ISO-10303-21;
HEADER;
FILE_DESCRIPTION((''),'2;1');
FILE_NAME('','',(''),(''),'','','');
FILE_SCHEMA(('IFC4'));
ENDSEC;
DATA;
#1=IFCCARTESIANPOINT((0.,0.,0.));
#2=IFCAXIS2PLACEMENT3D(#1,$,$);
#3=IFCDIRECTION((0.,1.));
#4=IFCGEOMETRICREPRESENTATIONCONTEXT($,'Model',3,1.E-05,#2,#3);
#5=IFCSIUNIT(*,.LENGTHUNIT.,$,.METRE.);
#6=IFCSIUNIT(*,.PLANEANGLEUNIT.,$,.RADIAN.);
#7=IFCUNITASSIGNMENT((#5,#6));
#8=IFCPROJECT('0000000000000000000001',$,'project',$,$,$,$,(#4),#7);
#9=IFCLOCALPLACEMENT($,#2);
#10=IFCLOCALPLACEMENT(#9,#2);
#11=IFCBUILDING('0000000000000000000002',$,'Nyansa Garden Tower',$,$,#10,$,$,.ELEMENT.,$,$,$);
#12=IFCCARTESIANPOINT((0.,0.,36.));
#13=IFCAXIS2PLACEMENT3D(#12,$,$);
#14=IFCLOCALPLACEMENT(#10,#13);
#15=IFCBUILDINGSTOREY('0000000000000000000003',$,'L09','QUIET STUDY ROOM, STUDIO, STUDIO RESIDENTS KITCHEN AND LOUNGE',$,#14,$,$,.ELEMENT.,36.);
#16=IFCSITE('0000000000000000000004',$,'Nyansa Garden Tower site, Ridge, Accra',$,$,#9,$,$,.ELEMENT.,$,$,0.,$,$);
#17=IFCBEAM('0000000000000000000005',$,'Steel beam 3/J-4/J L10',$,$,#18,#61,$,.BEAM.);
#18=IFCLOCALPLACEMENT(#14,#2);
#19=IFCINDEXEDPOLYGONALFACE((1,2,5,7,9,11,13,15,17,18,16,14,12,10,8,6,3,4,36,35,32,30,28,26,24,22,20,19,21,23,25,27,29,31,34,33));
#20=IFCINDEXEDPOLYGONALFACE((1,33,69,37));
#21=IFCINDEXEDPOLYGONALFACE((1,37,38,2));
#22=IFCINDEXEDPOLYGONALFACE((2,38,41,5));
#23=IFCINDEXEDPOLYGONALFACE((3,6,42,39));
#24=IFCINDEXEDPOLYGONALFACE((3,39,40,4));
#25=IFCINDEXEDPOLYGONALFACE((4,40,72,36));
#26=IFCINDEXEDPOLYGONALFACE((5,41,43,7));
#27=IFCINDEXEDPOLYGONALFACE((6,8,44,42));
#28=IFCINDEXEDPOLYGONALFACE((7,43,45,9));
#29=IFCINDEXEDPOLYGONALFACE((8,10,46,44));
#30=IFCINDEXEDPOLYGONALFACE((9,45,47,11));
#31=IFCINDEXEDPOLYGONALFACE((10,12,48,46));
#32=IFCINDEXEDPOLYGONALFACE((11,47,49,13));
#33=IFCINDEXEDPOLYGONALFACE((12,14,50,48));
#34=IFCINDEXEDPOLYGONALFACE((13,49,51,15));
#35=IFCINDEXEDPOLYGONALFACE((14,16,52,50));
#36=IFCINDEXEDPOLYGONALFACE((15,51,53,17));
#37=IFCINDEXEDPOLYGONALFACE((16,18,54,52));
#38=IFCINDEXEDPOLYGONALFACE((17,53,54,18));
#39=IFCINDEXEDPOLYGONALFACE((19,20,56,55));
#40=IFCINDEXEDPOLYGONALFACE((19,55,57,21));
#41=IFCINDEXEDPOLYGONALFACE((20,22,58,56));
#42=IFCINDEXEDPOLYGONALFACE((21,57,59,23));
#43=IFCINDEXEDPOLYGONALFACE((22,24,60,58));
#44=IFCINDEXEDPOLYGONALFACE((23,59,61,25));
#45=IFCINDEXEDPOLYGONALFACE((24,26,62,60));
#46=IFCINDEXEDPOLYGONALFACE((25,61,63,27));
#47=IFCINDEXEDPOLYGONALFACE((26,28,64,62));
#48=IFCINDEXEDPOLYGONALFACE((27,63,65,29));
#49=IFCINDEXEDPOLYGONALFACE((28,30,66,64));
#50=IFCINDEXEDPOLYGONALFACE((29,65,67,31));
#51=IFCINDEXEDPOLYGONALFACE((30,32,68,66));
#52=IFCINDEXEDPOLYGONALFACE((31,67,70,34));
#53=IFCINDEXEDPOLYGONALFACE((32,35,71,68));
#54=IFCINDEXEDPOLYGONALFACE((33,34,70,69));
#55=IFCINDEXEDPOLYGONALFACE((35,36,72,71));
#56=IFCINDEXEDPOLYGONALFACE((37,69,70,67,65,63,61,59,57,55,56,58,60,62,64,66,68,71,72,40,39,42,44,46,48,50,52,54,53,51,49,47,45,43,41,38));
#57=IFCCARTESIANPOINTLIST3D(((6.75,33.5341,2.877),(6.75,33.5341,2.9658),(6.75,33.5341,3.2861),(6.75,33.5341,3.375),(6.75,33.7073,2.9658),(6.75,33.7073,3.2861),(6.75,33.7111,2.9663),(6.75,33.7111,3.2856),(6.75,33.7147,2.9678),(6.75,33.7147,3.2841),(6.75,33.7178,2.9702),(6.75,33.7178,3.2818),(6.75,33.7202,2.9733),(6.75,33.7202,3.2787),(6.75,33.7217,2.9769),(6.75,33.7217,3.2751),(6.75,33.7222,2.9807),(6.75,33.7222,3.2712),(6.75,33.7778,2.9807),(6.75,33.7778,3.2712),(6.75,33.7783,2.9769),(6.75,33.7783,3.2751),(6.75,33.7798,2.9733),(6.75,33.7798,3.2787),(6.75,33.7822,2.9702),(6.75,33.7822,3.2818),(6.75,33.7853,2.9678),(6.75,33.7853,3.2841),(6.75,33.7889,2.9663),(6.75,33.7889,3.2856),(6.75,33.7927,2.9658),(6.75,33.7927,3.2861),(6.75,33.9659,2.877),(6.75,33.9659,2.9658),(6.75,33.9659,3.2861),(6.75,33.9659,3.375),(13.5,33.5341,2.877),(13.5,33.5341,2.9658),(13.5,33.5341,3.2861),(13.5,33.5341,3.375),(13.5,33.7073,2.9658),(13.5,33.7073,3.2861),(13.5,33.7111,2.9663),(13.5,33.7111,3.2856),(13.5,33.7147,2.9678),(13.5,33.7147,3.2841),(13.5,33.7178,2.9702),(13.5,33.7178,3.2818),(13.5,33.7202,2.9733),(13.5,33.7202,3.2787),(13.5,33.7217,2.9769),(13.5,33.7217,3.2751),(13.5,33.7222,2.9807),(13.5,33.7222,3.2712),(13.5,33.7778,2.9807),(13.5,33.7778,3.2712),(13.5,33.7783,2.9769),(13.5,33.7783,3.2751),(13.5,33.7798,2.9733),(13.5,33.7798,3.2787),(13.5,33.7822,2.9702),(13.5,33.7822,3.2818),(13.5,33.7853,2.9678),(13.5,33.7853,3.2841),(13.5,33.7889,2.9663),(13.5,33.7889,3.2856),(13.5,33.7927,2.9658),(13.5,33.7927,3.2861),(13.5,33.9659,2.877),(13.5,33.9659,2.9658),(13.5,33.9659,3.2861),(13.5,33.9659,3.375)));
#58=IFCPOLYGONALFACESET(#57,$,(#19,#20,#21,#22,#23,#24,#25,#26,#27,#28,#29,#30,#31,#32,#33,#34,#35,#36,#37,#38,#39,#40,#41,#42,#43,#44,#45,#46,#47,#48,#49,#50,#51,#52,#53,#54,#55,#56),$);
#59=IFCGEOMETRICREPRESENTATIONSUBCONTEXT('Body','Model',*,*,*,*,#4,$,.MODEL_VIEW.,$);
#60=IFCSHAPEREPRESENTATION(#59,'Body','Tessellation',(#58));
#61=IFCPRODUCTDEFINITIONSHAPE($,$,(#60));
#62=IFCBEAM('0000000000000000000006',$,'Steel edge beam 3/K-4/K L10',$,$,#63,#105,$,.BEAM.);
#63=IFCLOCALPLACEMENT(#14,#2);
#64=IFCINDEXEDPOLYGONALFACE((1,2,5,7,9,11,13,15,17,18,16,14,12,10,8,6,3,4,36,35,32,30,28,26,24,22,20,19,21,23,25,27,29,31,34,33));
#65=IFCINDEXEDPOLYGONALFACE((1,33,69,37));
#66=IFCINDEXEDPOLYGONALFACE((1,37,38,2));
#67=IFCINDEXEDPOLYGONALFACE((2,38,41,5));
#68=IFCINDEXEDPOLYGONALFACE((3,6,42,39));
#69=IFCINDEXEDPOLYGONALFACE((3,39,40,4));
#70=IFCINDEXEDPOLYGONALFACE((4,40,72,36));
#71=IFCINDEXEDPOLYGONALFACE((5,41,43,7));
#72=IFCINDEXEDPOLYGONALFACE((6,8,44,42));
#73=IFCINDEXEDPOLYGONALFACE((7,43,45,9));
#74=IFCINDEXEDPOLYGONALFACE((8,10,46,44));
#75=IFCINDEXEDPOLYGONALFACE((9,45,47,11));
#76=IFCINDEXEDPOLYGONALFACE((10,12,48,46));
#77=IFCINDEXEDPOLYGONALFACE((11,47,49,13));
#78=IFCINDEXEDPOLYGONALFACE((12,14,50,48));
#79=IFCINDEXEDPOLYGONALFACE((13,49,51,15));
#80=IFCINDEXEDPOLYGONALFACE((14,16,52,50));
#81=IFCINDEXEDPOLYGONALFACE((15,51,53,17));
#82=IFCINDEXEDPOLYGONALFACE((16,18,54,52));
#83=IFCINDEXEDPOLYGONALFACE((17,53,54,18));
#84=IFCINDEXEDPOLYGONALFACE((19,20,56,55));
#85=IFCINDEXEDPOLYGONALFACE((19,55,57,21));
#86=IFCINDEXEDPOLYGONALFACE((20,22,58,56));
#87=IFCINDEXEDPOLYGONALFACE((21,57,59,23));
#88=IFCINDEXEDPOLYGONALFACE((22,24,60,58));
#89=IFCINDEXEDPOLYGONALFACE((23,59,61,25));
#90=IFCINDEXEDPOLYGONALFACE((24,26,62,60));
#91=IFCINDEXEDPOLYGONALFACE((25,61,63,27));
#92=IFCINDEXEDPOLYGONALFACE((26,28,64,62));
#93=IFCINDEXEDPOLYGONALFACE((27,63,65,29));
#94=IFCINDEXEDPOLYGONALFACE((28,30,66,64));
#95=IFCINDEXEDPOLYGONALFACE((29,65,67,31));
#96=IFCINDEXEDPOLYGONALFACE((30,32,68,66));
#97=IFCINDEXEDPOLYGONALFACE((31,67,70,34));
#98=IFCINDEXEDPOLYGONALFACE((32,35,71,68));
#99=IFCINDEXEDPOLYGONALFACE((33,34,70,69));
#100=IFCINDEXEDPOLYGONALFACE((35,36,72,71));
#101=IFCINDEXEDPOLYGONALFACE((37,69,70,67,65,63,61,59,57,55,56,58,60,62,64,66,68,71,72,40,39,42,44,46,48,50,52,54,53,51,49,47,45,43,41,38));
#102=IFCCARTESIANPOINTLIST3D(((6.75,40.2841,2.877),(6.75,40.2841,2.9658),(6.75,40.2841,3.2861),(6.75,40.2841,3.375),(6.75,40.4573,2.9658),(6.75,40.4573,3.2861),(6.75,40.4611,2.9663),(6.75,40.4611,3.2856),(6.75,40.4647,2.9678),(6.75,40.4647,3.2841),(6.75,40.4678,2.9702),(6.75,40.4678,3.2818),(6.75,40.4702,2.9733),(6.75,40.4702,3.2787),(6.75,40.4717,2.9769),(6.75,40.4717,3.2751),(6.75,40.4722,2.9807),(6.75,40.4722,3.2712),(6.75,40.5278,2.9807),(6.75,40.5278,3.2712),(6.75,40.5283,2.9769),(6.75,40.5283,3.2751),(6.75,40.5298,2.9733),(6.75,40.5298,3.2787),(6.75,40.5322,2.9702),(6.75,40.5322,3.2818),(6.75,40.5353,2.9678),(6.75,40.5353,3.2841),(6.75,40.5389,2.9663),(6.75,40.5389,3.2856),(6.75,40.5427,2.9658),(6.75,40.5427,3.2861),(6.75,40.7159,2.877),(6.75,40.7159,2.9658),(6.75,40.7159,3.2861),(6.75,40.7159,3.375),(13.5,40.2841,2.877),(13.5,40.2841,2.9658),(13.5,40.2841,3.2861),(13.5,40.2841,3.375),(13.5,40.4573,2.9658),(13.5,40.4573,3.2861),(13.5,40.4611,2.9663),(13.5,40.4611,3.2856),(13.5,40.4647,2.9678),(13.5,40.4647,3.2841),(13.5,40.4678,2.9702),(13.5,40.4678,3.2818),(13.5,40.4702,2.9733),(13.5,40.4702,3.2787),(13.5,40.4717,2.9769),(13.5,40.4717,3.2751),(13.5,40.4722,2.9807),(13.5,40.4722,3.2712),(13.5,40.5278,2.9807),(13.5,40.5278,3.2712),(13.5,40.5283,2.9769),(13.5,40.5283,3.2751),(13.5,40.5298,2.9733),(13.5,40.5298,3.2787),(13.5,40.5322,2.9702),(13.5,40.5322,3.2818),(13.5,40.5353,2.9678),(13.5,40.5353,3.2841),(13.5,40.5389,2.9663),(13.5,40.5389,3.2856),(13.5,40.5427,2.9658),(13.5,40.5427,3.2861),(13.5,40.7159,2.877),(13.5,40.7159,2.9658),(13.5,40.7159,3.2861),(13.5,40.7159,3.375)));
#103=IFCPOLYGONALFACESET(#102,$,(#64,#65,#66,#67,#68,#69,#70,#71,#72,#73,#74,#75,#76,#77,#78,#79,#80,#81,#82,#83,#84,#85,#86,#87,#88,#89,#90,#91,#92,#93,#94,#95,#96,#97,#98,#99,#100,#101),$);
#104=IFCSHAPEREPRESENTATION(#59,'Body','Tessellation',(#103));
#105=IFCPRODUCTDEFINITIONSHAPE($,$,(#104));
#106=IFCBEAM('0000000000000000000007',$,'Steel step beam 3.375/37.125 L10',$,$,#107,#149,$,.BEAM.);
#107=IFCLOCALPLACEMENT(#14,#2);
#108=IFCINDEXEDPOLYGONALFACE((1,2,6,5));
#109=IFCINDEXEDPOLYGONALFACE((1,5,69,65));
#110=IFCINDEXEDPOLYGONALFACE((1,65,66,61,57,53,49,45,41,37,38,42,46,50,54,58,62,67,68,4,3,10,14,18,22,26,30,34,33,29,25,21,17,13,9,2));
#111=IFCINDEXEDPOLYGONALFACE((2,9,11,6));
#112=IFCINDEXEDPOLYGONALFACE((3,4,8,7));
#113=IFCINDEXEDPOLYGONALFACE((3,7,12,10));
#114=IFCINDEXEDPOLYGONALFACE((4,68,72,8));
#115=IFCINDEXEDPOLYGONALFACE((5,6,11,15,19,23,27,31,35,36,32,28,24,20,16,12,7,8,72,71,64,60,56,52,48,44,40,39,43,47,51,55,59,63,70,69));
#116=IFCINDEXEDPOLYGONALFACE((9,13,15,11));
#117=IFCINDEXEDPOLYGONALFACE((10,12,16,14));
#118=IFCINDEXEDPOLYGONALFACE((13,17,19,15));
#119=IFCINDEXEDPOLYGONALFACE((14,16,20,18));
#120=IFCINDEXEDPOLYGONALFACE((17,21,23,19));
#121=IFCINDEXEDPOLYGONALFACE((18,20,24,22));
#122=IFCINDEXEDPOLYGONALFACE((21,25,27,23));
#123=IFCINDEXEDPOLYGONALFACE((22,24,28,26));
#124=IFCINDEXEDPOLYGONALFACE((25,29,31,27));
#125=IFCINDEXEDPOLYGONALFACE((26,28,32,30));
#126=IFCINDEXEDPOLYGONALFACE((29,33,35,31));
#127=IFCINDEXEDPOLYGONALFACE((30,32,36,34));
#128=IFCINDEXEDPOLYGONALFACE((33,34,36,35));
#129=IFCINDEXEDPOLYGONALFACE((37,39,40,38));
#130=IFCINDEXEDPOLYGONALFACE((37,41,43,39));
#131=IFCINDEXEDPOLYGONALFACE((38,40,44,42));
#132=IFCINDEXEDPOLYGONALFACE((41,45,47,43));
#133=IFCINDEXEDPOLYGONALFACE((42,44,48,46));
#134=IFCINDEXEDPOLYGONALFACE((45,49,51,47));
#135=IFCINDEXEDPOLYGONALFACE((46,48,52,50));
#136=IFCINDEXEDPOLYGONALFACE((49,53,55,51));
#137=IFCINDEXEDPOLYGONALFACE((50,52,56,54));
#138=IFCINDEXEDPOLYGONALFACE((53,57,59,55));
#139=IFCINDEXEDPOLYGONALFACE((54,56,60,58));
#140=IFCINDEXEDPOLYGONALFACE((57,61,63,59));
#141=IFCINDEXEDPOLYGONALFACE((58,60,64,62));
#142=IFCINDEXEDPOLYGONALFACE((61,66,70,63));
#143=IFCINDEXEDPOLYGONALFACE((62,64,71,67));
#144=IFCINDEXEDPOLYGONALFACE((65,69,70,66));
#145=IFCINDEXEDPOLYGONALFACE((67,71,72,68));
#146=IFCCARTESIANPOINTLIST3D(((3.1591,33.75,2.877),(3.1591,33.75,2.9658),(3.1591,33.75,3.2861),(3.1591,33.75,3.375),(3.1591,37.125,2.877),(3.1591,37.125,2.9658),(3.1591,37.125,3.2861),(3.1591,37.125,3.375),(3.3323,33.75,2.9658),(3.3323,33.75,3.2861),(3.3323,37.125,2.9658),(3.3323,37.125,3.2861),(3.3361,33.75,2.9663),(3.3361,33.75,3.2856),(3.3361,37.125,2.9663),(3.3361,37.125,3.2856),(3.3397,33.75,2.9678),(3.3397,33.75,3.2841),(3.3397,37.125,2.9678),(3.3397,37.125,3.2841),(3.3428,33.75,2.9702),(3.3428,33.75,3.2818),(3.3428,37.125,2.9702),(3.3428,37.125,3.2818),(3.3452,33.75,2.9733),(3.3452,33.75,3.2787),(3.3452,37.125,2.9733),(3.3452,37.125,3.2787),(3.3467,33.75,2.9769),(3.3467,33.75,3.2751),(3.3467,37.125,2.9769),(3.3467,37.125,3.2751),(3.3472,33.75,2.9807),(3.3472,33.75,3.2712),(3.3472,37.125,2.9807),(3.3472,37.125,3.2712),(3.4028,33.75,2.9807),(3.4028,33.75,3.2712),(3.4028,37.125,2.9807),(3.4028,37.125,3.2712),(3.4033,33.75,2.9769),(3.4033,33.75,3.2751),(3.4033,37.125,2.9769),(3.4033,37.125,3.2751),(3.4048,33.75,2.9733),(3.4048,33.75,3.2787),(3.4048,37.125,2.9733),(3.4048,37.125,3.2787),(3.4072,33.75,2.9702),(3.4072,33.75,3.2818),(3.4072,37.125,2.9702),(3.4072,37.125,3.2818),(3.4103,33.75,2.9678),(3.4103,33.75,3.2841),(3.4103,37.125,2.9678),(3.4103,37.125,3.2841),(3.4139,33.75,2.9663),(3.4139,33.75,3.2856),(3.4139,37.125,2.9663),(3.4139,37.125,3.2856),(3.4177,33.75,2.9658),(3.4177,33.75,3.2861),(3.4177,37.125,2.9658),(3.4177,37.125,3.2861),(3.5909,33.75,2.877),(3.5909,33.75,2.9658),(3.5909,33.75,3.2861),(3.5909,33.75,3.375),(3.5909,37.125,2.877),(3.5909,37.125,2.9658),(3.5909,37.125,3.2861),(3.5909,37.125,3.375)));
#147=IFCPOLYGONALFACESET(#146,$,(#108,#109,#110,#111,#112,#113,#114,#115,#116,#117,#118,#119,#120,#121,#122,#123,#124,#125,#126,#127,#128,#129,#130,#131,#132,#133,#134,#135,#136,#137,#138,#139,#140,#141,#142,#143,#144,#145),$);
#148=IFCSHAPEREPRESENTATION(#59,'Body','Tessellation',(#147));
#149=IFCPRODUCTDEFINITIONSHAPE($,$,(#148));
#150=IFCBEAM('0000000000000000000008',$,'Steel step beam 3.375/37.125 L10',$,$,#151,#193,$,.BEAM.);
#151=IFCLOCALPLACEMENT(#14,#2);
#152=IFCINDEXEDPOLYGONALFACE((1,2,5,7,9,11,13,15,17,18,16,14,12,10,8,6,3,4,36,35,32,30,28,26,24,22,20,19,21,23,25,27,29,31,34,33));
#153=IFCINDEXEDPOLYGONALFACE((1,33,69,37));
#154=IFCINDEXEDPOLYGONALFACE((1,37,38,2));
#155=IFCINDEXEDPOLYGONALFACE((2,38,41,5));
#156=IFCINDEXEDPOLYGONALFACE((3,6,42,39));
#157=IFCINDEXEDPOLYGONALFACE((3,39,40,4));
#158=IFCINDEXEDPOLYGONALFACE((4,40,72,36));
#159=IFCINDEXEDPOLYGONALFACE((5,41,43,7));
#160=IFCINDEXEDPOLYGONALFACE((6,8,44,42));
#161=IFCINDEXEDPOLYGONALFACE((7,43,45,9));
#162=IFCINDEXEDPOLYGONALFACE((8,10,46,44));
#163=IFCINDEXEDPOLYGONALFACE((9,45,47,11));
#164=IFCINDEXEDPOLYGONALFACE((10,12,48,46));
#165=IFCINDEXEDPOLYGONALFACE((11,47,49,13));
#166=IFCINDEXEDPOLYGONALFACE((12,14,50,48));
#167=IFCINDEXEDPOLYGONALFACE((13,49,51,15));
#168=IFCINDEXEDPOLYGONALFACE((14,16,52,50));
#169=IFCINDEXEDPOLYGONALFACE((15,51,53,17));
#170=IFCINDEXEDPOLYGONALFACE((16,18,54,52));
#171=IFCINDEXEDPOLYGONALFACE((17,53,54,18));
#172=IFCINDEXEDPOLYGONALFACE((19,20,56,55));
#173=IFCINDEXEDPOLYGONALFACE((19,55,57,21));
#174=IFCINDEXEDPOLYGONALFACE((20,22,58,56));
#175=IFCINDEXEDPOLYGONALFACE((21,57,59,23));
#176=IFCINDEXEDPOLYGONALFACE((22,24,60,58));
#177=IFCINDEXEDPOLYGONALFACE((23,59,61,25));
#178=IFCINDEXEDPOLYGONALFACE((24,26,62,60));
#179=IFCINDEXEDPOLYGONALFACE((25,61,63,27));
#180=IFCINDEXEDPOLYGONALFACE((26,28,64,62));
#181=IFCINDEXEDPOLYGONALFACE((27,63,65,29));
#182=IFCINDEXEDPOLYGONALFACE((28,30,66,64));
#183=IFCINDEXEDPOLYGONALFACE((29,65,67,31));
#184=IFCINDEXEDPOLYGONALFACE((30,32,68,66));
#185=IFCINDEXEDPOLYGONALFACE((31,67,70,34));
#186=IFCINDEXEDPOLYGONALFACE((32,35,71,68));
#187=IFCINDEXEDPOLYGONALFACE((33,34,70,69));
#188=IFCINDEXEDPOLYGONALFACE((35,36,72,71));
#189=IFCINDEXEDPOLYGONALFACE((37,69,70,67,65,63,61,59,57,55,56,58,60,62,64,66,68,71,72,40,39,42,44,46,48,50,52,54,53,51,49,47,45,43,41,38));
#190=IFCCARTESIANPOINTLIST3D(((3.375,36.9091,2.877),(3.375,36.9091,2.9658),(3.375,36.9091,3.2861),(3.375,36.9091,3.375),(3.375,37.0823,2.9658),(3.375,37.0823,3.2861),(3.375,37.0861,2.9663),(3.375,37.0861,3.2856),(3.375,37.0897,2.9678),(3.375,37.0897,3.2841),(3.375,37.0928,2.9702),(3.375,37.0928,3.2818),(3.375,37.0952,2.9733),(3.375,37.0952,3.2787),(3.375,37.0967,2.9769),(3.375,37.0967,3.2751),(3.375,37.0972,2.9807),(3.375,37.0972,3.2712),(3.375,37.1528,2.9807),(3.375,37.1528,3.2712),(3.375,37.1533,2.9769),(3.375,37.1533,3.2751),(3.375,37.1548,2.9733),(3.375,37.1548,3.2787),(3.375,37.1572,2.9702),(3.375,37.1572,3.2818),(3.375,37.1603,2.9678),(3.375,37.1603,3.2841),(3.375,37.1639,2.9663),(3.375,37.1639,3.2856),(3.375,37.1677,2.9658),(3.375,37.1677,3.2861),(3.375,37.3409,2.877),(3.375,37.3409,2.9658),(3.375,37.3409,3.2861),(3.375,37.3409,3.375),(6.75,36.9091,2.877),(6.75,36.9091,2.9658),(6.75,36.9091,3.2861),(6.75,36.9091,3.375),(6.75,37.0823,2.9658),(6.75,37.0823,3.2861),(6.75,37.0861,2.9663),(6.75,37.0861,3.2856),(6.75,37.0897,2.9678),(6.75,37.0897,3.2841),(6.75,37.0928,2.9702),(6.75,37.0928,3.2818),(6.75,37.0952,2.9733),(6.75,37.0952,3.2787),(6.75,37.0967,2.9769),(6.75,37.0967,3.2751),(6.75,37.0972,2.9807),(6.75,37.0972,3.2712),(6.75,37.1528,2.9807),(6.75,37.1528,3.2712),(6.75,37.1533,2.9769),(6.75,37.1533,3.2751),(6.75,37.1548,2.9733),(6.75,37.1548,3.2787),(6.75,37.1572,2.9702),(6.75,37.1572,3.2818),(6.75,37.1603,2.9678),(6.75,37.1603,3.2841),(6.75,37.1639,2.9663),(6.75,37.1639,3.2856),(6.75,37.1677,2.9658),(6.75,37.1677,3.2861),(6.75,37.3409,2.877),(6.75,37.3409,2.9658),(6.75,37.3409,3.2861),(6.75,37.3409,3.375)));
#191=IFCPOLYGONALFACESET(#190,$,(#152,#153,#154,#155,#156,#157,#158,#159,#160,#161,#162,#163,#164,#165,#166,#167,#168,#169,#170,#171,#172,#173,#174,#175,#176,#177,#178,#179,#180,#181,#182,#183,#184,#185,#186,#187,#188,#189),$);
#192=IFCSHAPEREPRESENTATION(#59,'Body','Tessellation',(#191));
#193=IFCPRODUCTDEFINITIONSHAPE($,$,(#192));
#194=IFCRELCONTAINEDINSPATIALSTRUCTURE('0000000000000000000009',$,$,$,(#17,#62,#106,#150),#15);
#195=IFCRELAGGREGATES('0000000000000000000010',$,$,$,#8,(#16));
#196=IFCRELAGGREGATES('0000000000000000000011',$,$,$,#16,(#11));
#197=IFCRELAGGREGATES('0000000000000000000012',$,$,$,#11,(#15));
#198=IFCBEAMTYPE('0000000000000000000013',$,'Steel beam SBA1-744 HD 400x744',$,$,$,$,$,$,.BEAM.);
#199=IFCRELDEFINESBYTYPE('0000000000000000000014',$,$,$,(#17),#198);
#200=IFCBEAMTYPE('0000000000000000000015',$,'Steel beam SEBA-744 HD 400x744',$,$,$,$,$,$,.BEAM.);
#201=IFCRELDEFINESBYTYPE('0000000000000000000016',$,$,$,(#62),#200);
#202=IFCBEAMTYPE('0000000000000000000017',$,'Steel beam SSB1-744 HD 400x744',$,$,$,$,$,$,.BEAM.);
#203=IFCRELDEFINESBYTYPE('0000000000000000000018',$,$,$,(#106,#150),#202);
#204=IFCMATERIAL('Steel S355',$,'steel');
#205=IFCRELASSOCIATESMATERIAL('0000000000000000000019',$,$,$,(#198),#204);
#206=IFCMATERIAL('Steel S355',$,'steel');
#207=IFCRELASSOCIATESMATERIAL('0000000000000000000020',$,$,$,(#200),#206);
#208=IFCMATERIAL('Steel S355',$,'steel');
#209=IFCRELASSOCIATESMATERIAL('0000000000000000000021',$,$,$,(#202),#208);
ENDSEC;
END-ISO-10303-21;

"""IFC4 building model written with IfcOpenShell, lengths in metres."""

from ifc_helpers import new_model, si_unit, direction, frame, origin, origin_2d, place, context, subcontext, project, spatial, i_section, extrude, material, material_profile, profile_set, type_object, element, save


model = new_model("IFC4")

# Units and contexts
model_context = context("Model", 3, precision=1e-05, world=origin(), true_north=direction((0.0, 1.0)))
body_context = subcontext(model_context, "Body", "Model", "MODEL_VIEW")
ifc_project = project(units=[si_unit("LENGTHUNIT", "METRE"), si_unit("PLANEANGLEUNIT", "RADIAN")], contexts=[model_context])

# Site, building, storey
site_placement = place(None, origin())
site = spatial("IfcSite", under=ifc_project, at=site_placement, Name="Nyansa Garden Tower site, Ridge, Accra", CompositionType="ELEMENT", RefElevation=0.0)
building_placement = place(site_placement, origin())
building = spatial("IfcBuilding", under=site, at=building_placement, Name="Nyansa Garden Tower", CompositionType="ELEMENT")
storey_placement = place(building_placement, frame((0.0, 0.0, 36.0)))
storey = spatial("IfcBuildingStorey", under=building, at=storey_placement, Name="L09", Description="QUIET STUDY ROOM, STUDIO, STUDIO RESIDENTS KITCHEN AND LOUNGE", CompositionType="ELEMENT", Elevation=36.0)

# Beams
ifc_material_1 = material(Name="Steel S355", Category="steel")
ifc_material_profile_1 = material_profile(ifc_material_1, i_section(OverallWidth=0.4319, OverallDepth=0.498, WebThickness=0.0557, FlangeThickness=0.0889, FilletRadius=0.0149, at=origin_2d()), Name="HD 400x744")
ifc_profile_set_1 = profile_set([ifc_material_profile_1], Name="Steel S355")
beam_type_1 = type_object("IfcBeamType", Name="Steel beam SBA1-744 HD 400x744", PredefinedType="BEAM", material=ifc_profile_set_1)
for number, where, z_axis, x_axis, name in (
    (1, (6.75, 33.75, 3.126), (1.0, 0.0, 0.0), (0.0, 1.0, 0.0), "Steel beam 3/J-4/J L10"),
):
    element("IfcBeam", number, at=place(storey_placement, frame(where, z_axis=z_axis, x_axis=x_axis)), inside=storey, type_object=beam_type_1, Name=name, PredefinedType="BEAM", context=body_context, shape_type="SweptSolid", body=[
        extrude(i_section(OverallWidth=0.4319, OverallDepth=0.498, WebThickness=0.0557, FlangeThickness=0.0889, FilletRadius=0.0149, at=origin_2d()), origin(), (0.0, 0.0, 1.0), 6.75),
    ])
ifc_material_2 = material(Name="Steel S355", Category="steel")
ifc_material_profile_2 = material_profile(ifc_material_2, i_section(OverallWidth=0.4319, OverallDepth=0.498, WebThickness=0.0557, FlangeThickness=0.0889, FilletRadius=0.0149, at=origin_2d()), Name="HD 400x744")
ifc_profile_set_2 = profile_set([ifc_material_profile_2], Name="Steel S355")
beam_type_2 = type_object("IfcBeamType", Name="Steel beam SEBA-744 HD 400x744", PredefinedType="BEAM", material=ifc_profile_set_2)
beam_placement = place(storey_placement, frame((6.75, 40.5, 3.126), z_axis=(1.0, 0.0, 0.0), x_axis=(0.0, 1.0, 0.0)))
element("IfcBeam", 2, at=beam_placement, inside=storey, type_object=beam_type_2, Name="Steel edge beam 3/K-4/K L10", PredefinedType="BEAM", context=body_context, shape_type="SweptSolid", body=[
    extrude(i_section(OverallWidth=0.4319, OverallDepth=0.498, WebThickness=0.0557, FlangeThickness=0.0889, FilletRadius=0.0149, at=origin_2d()), origin(), (0.0, 0.0, 1.0), 6.75),
])
ifc_material_3 = material(Name="Steel S355", Category="steel")
ifc_material_profile_3 = material_profile(ifc_material_3, i_section(OverallWidth=0.4319, OverallDepth=0.498, WebThickness=0.0557, FlangeThickness=0.0889, FilletRadius=0.0149, at=origin_2d()), Name="HD 400x744")
ifc_profile_set_3 = profile_set([ifc_material_profile_3], Name="Steel S355")
beam_type_3 = type_object("IfcBeamType", Name="Steel beam SSB1-744 HD 400x744", PredefinedType="BEAM", material=ifc_profile_set_3)
for number, where, z_axis, x_axis, name in (
    (3, (3.375, 37.125, 3.126), (0.0, -1.0, 0.0), (1.0, 0.0, 0.0), "Steel step beam 3.375/37.125 L10"),
    (4, (3.375, 37.125, 3.126), (1.0, 0.0, 0.0), (0.0, 1.0, 0.0), "Steel step beam 3.375/37.125 L10"),
):
    element("IfcBeam", number, at=place(storey_placement, frame(where, z_axis=z_axis, x_axis=x_axis)), inside=storey, type_object=beam_type_3, Name=name, PredefinedType="BEAM", context=body_context, shape_type="SweptSolid", body=[
        extrude(i_section(OverallWidth=0.4319, OverallDepth=0.498, WebThickness=0.0557, FlangeThickness=0.0889, FilletRadius=0.0149, at=origin_2d()), origin(), (0.0, 0.0, 1.0), 3.375),
    ])

save(model, "model.ifc")
